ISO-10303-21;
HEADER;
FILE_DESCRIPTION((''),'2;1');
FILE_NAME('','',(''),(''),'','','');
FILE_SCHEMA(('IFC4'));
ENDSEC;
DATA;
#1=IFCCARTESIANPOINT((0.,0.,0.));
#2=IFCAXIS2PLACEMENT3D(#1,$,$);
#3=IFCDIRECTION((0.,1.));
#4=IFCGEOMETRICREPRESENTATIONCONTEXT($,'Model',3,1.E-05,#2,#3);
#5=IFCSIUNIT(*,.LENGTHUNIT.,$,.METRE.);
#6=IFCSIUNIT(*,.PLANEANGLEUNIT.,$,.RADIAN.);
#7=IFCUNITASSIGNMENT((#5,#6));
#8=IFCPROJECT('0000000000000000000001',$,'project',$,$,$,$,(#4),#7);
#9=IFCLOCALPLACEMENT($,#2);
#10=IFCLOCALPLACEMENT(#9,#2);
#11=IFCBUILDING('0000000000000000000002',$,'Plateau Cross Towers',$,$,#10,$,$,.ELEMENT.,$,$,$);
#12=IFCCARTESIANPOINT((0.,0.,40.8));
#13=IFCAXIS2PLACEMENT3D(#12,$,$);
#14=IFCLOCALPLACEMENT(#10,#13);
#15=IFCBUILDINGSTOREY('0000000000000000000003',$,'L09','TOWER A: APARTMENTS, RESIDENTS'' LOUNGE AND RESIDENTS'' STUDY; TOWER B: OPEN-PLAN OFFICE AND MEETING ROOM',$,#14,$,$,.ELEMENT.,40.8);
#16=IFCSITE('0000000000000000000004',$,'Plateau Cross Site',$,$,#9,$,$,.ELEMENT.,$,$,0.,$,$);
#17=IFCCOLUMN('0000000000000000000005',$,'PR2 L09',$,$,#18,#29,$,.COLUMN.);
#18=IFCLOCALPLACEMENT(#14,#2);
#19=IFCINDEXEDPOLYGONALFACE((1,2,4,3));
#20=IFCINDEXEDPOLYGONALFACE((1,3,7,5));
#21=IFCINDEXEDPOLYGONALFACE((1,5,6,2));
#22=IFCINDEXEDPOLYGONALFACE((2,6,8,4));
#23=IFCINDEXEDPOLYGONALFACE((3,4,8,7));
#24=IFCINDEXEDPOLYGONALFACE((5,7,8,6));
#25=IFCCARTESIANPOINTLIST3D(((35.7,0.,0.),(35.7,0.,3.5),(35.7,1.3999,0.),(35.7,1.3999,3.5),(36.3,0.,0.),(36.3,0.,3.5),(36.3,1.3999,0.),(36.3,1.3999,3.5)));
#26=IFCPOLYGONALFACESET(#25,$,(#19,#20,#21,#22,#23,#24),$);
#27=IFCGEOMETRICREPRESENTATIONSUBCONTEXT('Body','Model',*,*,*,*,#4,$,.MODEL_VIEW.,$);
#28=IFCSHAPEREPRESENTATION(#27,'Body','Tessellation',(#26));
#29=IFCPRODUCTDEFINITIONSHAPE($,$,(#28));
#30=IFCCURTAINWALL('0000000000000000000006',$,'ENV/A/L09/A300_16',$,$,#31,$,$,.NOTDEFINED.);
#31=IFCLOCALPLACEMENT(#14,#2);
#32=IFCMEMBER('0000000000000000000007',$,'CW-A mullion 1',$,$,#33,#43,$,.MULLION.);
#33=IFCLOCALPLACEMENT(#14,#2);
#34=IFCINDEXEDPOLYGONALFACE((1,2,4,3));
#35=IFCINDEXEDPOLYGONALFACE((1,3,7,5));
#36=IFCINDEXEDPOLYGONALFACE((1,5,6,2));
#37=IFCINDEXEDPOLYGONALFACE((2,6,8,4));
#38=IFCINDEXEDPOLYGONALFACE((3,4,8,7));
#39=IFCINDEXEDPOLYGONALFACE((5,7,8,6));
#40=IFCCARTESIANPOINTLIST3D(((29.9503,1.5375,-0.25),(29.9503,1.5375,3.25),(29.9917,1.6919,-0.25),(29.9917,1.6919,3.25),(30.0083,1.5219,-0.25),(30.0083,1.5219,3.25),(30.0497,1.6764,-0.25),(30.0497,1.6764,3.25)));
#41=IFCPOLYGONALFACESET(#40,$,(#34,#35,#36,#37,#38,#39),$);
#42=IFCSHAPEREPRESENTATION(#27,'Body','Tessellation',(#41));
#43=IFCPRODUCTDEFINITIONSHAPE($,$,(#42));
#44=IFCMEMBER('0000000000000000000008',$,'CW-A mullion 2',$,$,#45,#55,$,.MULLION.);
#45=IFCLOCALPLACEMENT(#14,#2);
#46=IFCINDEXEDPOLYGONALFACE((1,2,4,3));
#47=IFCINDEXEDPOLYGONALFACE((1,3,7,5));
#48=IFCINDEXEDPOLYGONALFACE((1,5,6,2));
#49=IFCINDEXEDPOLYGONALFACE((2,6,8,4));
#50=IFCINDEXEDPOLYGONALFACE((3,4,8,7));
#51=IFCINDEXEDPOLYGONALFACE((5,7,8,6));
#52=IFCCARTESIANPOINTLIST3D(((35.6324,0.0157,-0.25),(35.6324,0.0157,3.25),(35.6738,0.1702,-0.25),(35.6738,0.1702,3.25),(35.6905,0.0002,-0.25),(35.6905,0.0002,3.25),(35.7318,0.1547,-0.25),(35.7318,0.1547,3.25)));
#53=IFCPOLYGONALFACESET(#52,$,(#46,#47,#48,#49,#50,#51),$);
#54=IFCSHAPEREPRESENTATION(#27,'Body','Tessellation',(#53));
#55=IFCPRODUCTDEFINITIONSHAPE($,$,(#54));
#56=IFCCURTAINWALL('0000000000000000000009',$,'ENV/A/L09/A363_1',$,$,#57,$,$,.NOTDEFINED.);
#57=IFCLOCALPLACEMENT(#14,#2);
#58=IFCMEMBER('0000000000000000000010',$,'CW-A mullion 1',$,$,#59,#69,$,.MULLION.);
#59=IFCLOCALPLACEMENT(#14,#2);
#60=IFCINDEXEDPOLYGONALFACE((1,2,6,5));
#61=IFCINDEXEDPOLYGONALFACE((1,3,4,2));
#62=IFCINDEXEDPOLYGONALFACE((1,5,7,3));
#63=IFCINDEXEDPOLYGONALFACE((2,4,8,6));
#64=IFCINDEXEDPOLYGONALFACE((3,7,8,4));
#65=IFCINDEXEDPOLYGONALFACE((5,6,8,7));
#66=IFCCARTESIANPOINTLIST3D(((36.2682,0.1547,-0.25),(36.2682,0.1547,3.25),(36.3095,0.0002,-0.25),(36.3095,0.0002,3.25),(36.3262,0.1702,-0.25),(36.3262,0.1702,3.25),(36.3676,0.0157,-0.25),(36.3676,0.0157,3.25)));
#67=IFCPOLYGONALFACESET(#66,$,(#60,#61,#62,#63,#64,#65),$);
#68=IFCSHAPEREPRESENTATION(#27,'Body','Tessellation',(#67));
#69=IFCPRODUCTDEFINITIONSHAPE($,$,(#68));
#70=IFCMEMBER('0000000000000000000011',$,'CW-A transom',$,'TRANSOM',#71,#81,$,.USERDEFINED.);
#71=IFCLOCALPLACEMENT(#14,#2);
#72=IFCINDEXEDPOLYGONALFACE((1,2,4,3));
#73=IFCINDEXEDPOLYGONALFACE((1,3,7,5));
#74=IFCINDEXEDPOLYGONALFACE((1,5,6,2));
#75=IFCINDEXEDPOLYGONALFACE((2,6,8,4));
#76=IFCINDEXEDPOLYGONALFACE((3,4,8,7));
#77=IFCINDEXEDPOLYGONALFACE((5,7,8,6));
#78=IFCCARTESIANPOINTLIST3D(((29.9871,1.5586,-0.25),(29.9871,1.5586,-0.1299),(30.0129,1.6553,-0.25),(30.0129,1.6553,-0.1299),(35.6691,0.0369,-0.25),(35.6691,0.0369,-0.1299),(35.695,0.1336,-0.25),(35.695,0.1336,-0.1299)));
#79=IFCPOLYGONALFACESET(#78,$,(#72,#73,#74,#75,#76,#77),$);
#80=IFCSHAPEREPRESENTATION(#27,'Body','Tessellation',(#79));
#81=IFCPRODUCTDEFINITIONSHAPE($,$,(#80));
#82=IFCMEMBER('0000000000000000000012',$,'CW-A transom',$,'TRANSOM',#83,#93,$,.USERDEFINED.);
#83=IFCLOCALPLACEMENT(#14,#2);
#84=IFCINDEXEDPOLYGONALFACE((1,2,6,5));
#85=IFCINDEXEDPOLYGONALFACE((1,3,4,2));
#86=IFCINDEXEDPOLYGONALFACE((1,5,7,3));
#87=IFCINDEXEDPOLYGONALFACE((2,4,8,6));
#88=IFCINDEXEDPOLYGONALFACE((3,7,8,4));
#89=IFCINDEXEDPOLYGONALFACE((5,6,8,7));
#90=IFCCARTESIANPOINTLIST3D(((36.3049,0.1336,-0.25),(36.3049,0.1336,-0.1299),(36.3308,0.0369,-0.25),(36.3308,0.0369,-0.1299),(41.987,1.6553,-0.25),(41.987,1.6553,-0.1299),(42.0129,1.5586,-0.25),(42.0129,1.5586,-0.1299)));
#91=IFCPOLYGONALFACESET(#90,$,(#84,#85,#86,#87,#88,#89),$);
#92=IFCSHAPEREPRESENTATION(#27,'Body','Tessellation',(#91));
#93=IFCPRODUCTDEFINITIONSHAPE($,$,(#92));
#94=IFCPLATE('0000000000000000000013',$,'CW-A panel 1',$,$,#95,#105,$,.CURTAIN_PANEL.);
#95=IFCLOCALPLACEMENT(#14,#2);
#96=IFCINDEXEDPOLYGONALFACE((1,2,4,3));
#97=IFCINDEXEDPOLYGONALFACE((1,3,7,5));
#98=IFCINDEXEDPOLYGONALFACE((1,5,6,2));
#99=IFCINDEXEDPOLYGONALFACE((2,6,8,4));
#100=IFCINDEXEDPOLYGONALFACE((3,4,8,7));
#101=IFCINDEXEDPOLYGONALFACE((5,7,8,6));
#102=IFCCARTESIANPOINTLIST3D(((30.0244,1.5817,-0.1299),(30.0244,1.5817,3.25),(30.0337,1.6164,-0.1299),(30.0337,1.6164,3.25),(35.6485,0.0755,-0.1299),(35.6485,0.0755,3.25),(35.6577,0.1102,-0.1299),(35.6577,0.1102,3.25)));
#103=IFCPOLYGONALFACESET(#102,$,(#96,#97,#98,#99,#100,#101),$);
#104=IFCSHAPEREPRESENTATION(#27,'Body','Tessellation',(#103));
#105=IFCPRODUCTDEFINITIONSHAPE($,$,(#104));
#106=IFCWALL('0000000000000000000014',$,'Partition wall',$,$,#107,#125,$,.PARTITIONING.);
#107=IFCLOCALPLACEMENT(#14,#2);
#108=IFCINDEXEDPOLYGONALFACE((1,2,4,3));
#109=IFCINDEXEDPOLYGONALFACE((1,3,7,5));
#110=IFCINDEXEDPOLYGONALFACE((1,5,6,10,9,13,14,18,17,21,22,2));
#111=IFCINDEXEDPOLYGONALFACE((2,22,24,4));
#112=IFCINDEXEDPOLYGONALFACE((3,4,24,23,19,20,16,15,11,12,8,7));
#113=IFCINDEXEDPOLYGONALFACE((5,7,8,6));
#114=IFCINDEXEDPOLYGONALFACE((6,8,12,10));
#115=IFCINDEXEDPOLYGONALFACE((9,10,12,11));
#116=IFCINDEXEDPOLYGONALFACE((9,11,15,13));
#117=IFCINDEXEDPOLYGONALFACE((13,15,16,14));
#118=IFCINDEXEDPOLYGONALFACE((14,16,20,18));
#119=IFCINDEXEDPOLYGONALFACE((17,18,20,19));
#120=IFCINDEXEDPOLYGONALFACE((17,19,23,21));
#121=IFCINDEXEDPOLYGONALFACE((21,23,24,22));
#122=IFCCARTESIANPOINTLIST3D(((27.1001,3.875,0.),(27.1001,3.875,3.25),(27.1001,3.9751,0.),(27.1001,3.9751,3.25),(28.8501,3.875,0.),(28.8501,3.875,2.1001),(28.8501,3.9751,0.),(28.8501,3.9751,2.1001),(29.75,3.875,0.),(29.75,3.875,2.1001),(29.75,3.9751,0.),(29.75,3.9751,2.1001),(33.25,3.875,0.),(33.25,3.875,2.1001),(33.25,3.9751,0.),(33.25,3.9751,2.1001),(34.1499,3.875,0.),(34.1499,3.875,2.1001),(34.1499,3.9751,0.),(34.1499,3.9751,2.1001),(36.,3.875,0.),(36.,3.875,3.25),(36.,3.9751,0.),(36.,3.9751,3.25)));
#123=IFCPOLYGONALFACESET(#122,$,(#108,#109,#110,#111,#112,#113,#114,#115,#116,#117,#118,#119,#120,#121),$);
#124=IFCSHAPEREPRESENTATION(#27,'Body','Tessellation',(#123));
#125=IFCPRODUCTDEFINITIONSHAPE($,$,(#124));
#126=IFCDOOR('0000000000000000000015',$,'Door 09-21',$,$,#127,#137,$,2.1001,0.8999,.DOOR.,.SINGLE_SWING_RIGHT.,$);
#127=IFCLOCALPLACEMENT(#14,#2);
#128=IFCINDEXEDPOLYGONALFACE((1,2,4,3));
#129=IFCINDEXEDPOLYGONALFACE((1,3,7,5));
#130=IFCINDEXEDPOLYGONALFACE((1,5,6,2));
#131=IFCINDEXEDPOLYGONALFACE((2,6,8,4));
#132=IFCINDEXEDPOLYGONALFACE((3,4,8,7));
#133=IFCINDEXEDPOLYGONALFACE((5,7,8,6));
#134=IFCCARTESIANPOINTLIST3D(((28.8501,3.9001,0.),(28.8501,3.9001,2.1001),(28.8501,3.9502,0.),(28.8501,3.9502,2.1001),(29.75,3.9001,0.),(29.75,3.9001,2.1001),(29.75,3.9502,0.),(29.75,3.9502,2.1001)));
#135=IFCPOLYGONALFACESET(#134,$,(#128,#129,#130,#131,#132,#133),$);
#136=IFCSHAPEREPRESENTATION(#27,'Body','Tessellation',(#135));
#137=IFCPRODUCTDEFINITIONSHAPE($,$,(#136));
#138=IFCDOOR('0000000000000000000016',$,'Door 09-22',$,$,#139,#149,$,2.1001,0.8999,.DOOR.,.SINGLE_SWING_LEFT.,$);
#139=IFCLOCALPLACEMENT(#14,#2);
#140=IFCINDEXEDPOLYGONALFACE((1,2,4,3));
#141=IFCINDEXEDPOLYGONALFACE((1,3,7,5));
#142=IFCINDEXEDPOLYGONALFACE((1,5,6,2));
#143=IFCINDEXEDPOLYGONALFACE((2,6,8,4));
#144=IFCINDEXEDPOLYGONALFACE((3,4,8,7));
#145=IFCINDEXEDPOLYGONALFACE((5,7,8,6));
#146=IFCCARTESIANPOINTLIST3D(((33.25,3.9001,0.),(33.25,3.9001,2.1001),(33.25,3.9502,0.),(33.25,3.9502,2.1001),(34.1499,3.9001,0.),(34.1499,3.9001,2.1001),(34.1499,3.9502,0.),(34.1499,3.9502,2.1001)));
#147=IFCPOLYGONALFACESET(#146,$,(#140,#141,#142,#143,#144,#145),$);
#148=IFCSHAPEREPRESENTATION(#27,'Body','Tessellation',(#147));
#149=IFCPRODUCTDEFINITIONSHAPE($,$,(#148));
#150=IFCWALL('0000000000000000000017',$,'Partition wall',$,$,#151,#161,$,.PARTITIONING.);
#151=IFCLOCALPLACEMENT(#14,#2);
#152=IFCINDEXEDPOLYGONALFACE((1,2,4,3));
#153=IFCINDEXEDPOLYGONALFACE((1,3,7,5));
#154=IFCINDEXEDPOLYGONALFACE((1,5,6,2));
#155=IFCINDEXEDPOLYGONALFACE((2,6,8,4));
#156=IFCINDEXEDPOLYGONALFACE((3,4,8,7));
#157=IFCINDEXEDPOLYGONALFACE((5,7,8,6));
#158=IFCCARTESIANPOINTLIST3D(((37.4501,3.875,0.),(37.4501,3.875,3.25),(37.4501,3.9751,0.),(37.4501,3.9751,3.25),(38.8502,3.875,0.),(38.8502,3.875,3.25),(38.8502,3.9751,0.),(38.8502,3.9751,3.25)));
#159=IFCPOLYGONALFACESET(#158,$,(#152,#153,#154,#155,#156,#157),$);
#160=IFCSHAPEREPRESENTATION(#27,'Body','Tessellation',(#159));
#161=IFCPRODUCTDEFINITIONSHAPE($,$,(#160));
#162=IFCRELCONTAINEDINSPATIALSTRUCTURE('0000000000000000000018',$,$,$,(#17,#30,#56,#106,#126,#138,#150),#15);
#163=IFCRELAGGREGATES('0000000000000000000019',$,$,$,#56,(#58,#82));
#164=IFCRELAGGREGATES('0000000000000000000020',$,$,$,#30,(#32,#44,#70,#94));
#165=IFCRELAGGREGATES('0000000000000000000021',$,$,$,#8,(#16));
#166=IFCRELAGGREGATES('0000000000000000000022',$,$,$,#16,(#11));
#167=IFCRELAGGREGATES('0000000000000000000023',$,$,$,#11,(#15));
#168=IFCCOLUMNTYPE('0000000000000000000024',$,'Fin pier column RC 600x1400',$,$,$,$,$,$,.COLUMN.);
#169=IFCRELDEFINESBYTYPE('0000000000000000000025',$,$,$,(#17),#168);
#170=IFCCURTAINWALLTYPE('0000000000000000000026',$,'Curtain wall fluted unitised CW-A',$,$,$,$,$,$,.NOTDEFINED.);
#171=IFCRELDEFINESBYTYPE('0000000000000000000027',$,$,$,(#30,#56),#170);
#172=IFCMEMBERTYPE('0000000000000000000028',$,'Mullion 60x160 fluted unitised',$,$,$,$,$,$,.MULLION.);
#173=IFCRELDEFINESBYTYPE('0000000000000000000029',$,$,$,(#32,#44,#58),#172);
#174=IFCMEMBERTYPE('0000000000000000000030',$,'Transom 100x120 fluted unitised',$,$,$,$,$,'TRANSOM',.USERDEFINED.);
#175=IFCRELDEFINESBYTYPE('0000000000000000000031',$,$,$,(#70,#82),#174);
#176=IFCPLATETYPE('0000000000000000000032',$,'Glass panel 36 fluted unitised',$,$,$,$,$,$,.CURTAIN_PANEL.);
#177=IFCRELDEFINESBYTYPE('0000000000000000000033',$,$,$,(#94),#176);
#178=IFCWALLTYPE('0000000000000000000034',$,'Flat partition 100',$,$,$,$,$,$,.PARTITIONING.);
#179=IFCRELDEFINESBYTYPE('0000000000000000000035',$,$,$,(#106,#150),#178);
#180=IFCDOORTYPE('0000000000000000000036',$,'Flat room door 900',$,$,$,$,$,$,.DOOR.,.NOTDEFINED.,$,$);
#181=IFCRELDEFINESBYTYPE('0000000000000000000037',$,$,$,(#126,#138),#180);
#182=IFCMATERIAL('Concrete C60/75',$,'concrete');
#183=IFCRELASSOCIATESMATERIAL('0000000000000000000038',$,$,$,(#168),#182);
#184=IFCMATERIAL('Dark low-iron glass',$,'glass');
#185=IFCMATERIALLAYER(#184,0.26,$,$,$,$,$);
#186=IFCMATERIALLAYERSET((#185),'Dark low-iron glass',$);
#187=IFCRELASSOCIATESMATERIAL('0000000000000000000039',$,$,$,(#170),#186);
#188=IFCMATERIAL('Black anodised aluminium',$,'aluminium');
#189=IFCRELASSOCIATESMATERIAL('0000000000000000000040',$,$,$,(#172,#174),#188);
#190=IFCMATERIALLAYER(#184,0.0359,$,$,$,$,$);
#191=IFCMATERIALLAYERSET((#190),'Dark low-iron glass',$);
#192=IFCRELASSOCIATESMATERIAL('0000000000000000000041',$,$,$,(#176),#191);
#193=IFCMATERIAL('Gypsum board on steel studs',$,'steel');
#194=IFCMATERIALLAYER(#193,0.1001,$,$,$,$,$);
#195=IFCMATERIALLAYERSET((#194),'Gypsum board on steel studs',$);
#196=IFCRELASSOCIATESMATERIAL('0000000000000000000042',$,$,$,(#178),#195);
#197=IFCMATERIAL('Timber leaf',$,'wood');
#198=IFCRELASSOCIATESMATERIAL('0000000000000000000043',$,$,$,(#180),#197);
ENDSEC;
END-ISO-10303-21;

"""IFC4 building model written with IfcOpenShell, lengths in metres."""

from ifc_helpers import new_model, si_unit, direction, frame, frame_2d, origin, origin_2d, place, context, subcontext, project, spatial, rectangle, extrude, material, layer, layer_set, material_profile, profile_set, type_object, element, fill, aggregate, save


model = new_model("IFC4")

# Units and contexts
model_context = context("Model", 3, precision=1e-05, world=origin(), true_north=direction((0.0, 1.0)))
body_context = subcontext(model_context, "Body", "Model", "MODEL_VIEW")
ifc_project = project(units=[si_unit("LENGTHUNIT", "METRE"), si_unit("PLANEANGLEUNIT", "RADIAN")], contexts=[model_context])

# Site, building, storey
site_placement = place(None, origin())
site = spatial("IfcSite", under=ifc_project, at=site_placement, Name="Plateau Cross Site", CompositionType="ELEMENT", RefElevation=0.0)
building_placement = place(site_placement, origin())
building = spatial("IfcBuilding", under=site, at=building_placement, Name="Plateau Cross Towers", CompositionType="ELEMENT")
storey_placement = place(building_placement, frame((0.0, 0.0, 40.8)))
storey = spatial("IfcBuildingStorey", under=building, at=storey_placement, Name="L09", Description="TOWER A: APARTMENTS, RESIDENTS' LOUNGE AND RESIDENTS' STUDY; TOWER B: OPEN-PLAN OFFICE AND MEETING ROOM", CompositionType="ELEMENT", Elevation=40.8)

# Column
ifc_material_1 = material(Name="Concrete C60/75", Category="concrete")
ifc_material_profile_1 = material_profile(ifc_material_1, rectangle(XDim=0.6001, YDim=1.3999, at=origin_2d()), Name="RC 600x1400")
ifc_profile_set_1 = profile_set([ifc_material_profile_1], Name="Concrete C60/75")
column_type = type_object("IfcColumnType", Name="Fin pier column RC 600x1400", PredefinedType="COLUMN", material=ifc_profile_set_1)
column_placement = place(storey_placement, frame((36.0, 0.7, 0.0), z_axis=(0.0, 0.0, 1.0), x_axis=(1.0, 0.0, 0.0)))
element("IfcColumn", 1, at=column_placement, inside=storey, type_object=column_type, Name="PR2 L09", PredefinedType="COLUMN", context=body_context, shape_type="SweptSolid", body=[
    extrude(rectangle(XDim=0.6001, YDim=1.3999, at=origin_2d()), origin(), (0.0, 0.0, 1.0), 3.5),
])

# Curtain wall, members
ifc_material_2 = material(Name="Dark low-iron glass", Category="glass")
ifc_layer_1 = layer(ifc_material_2, 0.26)
ifc_layer_set_1 = layer_set([ifc_layer_1], Name="Dark low-iron glass")
curtain_wall_type = type_object("IfcCurtainWallType", Name="Curtain wall fluted unitised CW-A", PredefinedType="NOTDEFINED", material=ifc_layer_set_1)
curtain_wall_1_placement = place(storey_placement, origin())
curtain_wall_1 = element("IfcCurtainWall", 2, at=curtain_wall_1_placement, inside=storey, type_object=curtain_wall_type, Name="ENV/A/L09/A300_16", PredefinedType="NOTDEFINED")
ifc_material_3 = material(Name="Black anodised aluminium", Category="aluminium")
ifc_material_profile_2 = material_profile(ifc_material_3, rectangle(XDim=0.0601, YDim=0.1599, at=origin_2d()), Name="MULLION 60x160")
ifc_profile_set_2 = profile_set([ifc_material_profile_2], Name="Black anodised aluminium")
member_type_1 = type_object("IfcMemberType", Name="Mullion 60x160 fluted unitised", PredefinedType="MULLION", material=ifc_profile_set_2)
member_1_placement = place(storey_placement, frame((30.0, 1.6069, -0.25), z_axis=(0.0, 0.0, 1.0), x_axis=(0.965958, -0.258699, 0.0)))
member_1 = element("IfcMember", 3, at=member_1_placement, type_object=member_type_1, Name="CW-A mullion 1", PredefinedType="MULLION", context=body_context, shape_type="SweptSolid", body=[
    extrude(rectangle(XDim=0.0601, YDim=0.1599, at=origin_2d()), origin(), (0.0, 0.0, 1.0), 3.5),
])
member_2_placement = place(storey_placement, frame((35.6821, 0.0852, -0.25), z_axis=(0.0, 0.0, 1.0), x_axis=(0.965958, -0.258699, 0.0)))
member_2 = element("IfcMember", 4, at=member_2_placement, type_object=member_type_1, Name="CW-A mullion 2", PredefinedType="MULLION", context=body_context, shape_type="SweptSolid", body=[
    extrude(rectangle(XDim=0.0601, YDim=0.1599, at=origin_2d()), origin(), (0.0, 0.0, 1.0), 3.5),
])

# Curtain wall, member
curtain_wall_2_placement = place(storey_placement, origin())
curtain_wall_2 = element("IfcCurtainWall", 5, at=curtain_wall_2_placement, inside=storey, type_object=curtain_wall_type, Name="ENV/A/L09/A363_1", PredefinedType="NOTDEFINED")
member_3_placement = place(storey_placement, frame((36.3179, 0.0852, -0.25), z_axis=(0.0, 0.0, 1.0), x_axis=(0.965958, 0.258699, 0.0)))
member_3 = element("IfcMember", 6, at=member_3_placement, type_object=member_type_1, Name="CW-A mullion 1", PredefinedType="MULLION", context=body_context, shape_type="SweptSolid", body=[
    extrude(rectangle(XDim=0.0601, YDim=0.1599, at=origin_2d()), origin(), (0.0, 0.0, 1.0), 3.5),
])

# Members
ifc_material_profile_3 = material_profile(ifc_material_3, rectangle(XDim=0.1001, YDim=0.1201, at=origin_2d()), Name="TRANSOM 100x120")
ifc_profile_set_3 = profile_set([ifc_material_profile_3], Name="Black anodised aluminium")
member_type_2 = type_object("IfcMemberType", Name="Transom 100x120 fluted unitised", ElementType="TRANSOM", PredefinedType="USERDEFINED", material=ifc_profile_set_3)
member_4_placement = place(storey_placement, frame((30.0, 1.6069, -0.1899), z_axis=(0.96596, -0.258693, 0.0), x_axis=(0.258693, 0.96596, 0.0)))
member_4 = element("IfcMember", 7, at=member_4_placement, type_object=member_type_2, Name="CW-A transom", ObjectType="TRANSOM", PredefinedType="USERDEFINED", context=body_context, shape_type="SweptSolid", body=[
    extrude(rectangle(XDim=0.1001, YDim=0.1201, at=origin_2d()), origin(), (0.0, 0.0, 1.0), 5.8823),
])
member_5_placement = place(storey_placement, frame((36.3179, 0.0852, -0.1899), z_axis=(0.96596, 0.258693, 0.0), x_axis=(-0.258693, 0.96596, 0.0)))
member_5 = element("IfcMember", 8, at=member_5_placement, type_object=member_type_2, Name="CW-A transom", ObjectType="TRANSOM", PredefinedType="USERDEFINED", context=body_context, shape_type="SweptSolid", body=[
    extrude(rectangle(XDim=0.1001, YDim=0.1201, at=origin_2d()), origin(), (0.0, 0.0, 1.0), 5.8823),
])
aggregate(curtain_wall_2, [member_3, member_5])

# Plate
ifc_layer_2 = layer(ifc_material_2, 0.0359)
ifc_layer_set_2 = layer_set([ifc_layer_2], Name="Dark low-iron glass")
plate_type = type_object("IfcPlateType", Name="Glass panel 36 fluted unitised", PredefinedType="CURTAIN_PANEL", material=ifc_layer_set_2)
plate_placement = place(storey_placement, frame((32.8411, 0.8459, -0.1299), z_axis=(0.0, 0.0, 1.0), x_axis=(0.965958, -0.258699, 0.0)))
plate = element("IfcPlate", 9, at=plate_placement, type_object=plate_type, Name="CW-A panel 1", PredefinedType="CURTAIN_PANEL", context=body_context, shape_type="SweptSolid", body=[
    extrude(rectangle(XDim=5.8223, YDim=0.0359, at=origin_2d()), origin(), (0.0, 0.0, 1.0), 3.3799),
])
aggregate(curtain_wall_1, [member_1, member_2, member_4, plate])

# Wall, openings, doors
ifc_material_4 = material(Name="Gypsum board on steel studs", Category="steel")
ifc_layer_3 = layer(ifc_material_4, 0.1001)
ifc_layer_set_3 = layer_set([ifc_layer_3], Name="Gypsum board on steel studs")
wall_type_1 = type_object("IfcWallType", Name="Flat partition 100", PredefinedType="PARTITIONING", material=ifc_layer_set_3)
wall_1_placement = place(storey_placement, frame((36.0, 3.925, 0.0), z_axis=(0.0, 0.0, 1.0), x_axis=(-1.0, 0.0, 0.0)))
wall_1 = element("IfcWall", 10, at=wall_1_placement, inside=storey, type_object=wall_type_1, Name="Partition wall", PredefinedType="PARTITIONING", context=body_context, shape_type="SweptSolid", body=[
    extrude(rectangle(XDim=8.8999, YDim=0.1001, at=frame_2d((4.45, 0.0))), origin(), (0.0, 0.0, 1.0), 3.25),
])
opening_1_placement = place(wall_1_placement, frame((6.25, 0.0, 0.0)))
opening_1 = element("IfcOpeningElement", 11, at=opening_1_placement, cuts=wall_1, PredefinedType="OPENING", context=body_context, shape_type="SweptSolid", body=[
    extrude(rectangle(XDim=0.8999, YDim=2.1001, at=frame_2d((0.45, 1.05))), frame((0.0, 0.0601, 0.0), z_axis=(0.0, -1.0, 0.0), x_axis=(1.0, 0.0, 0.0)), (0.0, 0.0, 1.0), 0.1201),
])
opening_2_placement = place(wall_1_placement, frame((1.8501, 0.0, 0.0)))
opening_2 = element("IfcOpeningElement", 12, at=opening_2_placement, cuts=wall_1, PredefinedType="OPENING", context=body_context, shape_type="SweptSolid", body=[
    extrude(rectangle(XDim=0.8999, YDim=2.1001, at=frame_2d((0.45, 1.05))), frame((0.0, 0.0601, 0.0), z_axis=(0.0, -1.0, 0.0), x_axis=(1.0, 0.0, 0.0)), (0.0, 0.0, 1.0), 0.1201),
])
ifc_material_5 = material(Name="Timber leaf", Category="wood")
door_type = type_object("IfcDoorType", Name="Flat room door 900", OperationType="NOTDEFINED", PredefinedType="DOOR", material=ifc_material_5)
door_1_placement = place(opening_1_placement, origin())
door_1 = element("IfcDoor", 13, at=door_1_placement, inside=storey, type_object=door_type, Name="Door 09-21", OperationType="SINGLE_SWING_RIGHT", OverallHeight=2.1001, OverallWidth=0.8999, PredefinedType="DOOR", context=body_context, shape_type="SweptSolid", body=[
    extrude(rectangle(XDim=0.8999, YDim=2.1001, at=frame_2d((0.45, 1.05))), frame((0.0, 0.0249, 0.0), z_axis=(0.0, -1.0, 0.0), x_axis=(1.0, 0.0, 0.0)), (0.0, 0.0, 1.0), 0.05),
])
fill(opening_1, door_1)
door_2_placement = place(opening_2_placement, origin())
door_2 = element("IfcDoor", 14, at=door_2_placement, inside=storey, type_object=door_type, Name="Door 09-22", OperationType="SINGLE_SWING_LEFT", OverallHeight=2.1001, OverallWidth=0.8999, PredefinedType="DOOR", context=body_context, shape_type="SweptSolid", body=[
    extrude(rectangle(XDim=0.8999, YDim=2.1001, at=frame_2d((0.45, 1.05))), frame((0.0, 0.0249, 0.0), z_axis=(0.0, -1.0, 0.0), x_axis=(1.0, 0.0, 0.0)), (0.0, 0.0, 1.0), 0.05),
])
fill(opening_2, door_2)

# Wall
wall_2_placement = place(storey_placement, frame((37.45, 3.925, 0.0), z_axis=(0.0, 0.0, 1.0), x_axis=(1.0, 0.0, 0.0)))
element("IfcWall", 15, at=wall_2_placement, inside=storey, type_object=wall_type_1, Name="Partition wall", PredefinedType="PARTITIONING", context=body_context, shape_type="SweptSolid", body=[
    extrude(rectangle(XDim=1.4001, YDim=0.1001, at=frame_2d((0.7002, 0.0))), origin(), (0.0, 0.0, 1.0), 3.25),
])

save(model, "model.ifc")
